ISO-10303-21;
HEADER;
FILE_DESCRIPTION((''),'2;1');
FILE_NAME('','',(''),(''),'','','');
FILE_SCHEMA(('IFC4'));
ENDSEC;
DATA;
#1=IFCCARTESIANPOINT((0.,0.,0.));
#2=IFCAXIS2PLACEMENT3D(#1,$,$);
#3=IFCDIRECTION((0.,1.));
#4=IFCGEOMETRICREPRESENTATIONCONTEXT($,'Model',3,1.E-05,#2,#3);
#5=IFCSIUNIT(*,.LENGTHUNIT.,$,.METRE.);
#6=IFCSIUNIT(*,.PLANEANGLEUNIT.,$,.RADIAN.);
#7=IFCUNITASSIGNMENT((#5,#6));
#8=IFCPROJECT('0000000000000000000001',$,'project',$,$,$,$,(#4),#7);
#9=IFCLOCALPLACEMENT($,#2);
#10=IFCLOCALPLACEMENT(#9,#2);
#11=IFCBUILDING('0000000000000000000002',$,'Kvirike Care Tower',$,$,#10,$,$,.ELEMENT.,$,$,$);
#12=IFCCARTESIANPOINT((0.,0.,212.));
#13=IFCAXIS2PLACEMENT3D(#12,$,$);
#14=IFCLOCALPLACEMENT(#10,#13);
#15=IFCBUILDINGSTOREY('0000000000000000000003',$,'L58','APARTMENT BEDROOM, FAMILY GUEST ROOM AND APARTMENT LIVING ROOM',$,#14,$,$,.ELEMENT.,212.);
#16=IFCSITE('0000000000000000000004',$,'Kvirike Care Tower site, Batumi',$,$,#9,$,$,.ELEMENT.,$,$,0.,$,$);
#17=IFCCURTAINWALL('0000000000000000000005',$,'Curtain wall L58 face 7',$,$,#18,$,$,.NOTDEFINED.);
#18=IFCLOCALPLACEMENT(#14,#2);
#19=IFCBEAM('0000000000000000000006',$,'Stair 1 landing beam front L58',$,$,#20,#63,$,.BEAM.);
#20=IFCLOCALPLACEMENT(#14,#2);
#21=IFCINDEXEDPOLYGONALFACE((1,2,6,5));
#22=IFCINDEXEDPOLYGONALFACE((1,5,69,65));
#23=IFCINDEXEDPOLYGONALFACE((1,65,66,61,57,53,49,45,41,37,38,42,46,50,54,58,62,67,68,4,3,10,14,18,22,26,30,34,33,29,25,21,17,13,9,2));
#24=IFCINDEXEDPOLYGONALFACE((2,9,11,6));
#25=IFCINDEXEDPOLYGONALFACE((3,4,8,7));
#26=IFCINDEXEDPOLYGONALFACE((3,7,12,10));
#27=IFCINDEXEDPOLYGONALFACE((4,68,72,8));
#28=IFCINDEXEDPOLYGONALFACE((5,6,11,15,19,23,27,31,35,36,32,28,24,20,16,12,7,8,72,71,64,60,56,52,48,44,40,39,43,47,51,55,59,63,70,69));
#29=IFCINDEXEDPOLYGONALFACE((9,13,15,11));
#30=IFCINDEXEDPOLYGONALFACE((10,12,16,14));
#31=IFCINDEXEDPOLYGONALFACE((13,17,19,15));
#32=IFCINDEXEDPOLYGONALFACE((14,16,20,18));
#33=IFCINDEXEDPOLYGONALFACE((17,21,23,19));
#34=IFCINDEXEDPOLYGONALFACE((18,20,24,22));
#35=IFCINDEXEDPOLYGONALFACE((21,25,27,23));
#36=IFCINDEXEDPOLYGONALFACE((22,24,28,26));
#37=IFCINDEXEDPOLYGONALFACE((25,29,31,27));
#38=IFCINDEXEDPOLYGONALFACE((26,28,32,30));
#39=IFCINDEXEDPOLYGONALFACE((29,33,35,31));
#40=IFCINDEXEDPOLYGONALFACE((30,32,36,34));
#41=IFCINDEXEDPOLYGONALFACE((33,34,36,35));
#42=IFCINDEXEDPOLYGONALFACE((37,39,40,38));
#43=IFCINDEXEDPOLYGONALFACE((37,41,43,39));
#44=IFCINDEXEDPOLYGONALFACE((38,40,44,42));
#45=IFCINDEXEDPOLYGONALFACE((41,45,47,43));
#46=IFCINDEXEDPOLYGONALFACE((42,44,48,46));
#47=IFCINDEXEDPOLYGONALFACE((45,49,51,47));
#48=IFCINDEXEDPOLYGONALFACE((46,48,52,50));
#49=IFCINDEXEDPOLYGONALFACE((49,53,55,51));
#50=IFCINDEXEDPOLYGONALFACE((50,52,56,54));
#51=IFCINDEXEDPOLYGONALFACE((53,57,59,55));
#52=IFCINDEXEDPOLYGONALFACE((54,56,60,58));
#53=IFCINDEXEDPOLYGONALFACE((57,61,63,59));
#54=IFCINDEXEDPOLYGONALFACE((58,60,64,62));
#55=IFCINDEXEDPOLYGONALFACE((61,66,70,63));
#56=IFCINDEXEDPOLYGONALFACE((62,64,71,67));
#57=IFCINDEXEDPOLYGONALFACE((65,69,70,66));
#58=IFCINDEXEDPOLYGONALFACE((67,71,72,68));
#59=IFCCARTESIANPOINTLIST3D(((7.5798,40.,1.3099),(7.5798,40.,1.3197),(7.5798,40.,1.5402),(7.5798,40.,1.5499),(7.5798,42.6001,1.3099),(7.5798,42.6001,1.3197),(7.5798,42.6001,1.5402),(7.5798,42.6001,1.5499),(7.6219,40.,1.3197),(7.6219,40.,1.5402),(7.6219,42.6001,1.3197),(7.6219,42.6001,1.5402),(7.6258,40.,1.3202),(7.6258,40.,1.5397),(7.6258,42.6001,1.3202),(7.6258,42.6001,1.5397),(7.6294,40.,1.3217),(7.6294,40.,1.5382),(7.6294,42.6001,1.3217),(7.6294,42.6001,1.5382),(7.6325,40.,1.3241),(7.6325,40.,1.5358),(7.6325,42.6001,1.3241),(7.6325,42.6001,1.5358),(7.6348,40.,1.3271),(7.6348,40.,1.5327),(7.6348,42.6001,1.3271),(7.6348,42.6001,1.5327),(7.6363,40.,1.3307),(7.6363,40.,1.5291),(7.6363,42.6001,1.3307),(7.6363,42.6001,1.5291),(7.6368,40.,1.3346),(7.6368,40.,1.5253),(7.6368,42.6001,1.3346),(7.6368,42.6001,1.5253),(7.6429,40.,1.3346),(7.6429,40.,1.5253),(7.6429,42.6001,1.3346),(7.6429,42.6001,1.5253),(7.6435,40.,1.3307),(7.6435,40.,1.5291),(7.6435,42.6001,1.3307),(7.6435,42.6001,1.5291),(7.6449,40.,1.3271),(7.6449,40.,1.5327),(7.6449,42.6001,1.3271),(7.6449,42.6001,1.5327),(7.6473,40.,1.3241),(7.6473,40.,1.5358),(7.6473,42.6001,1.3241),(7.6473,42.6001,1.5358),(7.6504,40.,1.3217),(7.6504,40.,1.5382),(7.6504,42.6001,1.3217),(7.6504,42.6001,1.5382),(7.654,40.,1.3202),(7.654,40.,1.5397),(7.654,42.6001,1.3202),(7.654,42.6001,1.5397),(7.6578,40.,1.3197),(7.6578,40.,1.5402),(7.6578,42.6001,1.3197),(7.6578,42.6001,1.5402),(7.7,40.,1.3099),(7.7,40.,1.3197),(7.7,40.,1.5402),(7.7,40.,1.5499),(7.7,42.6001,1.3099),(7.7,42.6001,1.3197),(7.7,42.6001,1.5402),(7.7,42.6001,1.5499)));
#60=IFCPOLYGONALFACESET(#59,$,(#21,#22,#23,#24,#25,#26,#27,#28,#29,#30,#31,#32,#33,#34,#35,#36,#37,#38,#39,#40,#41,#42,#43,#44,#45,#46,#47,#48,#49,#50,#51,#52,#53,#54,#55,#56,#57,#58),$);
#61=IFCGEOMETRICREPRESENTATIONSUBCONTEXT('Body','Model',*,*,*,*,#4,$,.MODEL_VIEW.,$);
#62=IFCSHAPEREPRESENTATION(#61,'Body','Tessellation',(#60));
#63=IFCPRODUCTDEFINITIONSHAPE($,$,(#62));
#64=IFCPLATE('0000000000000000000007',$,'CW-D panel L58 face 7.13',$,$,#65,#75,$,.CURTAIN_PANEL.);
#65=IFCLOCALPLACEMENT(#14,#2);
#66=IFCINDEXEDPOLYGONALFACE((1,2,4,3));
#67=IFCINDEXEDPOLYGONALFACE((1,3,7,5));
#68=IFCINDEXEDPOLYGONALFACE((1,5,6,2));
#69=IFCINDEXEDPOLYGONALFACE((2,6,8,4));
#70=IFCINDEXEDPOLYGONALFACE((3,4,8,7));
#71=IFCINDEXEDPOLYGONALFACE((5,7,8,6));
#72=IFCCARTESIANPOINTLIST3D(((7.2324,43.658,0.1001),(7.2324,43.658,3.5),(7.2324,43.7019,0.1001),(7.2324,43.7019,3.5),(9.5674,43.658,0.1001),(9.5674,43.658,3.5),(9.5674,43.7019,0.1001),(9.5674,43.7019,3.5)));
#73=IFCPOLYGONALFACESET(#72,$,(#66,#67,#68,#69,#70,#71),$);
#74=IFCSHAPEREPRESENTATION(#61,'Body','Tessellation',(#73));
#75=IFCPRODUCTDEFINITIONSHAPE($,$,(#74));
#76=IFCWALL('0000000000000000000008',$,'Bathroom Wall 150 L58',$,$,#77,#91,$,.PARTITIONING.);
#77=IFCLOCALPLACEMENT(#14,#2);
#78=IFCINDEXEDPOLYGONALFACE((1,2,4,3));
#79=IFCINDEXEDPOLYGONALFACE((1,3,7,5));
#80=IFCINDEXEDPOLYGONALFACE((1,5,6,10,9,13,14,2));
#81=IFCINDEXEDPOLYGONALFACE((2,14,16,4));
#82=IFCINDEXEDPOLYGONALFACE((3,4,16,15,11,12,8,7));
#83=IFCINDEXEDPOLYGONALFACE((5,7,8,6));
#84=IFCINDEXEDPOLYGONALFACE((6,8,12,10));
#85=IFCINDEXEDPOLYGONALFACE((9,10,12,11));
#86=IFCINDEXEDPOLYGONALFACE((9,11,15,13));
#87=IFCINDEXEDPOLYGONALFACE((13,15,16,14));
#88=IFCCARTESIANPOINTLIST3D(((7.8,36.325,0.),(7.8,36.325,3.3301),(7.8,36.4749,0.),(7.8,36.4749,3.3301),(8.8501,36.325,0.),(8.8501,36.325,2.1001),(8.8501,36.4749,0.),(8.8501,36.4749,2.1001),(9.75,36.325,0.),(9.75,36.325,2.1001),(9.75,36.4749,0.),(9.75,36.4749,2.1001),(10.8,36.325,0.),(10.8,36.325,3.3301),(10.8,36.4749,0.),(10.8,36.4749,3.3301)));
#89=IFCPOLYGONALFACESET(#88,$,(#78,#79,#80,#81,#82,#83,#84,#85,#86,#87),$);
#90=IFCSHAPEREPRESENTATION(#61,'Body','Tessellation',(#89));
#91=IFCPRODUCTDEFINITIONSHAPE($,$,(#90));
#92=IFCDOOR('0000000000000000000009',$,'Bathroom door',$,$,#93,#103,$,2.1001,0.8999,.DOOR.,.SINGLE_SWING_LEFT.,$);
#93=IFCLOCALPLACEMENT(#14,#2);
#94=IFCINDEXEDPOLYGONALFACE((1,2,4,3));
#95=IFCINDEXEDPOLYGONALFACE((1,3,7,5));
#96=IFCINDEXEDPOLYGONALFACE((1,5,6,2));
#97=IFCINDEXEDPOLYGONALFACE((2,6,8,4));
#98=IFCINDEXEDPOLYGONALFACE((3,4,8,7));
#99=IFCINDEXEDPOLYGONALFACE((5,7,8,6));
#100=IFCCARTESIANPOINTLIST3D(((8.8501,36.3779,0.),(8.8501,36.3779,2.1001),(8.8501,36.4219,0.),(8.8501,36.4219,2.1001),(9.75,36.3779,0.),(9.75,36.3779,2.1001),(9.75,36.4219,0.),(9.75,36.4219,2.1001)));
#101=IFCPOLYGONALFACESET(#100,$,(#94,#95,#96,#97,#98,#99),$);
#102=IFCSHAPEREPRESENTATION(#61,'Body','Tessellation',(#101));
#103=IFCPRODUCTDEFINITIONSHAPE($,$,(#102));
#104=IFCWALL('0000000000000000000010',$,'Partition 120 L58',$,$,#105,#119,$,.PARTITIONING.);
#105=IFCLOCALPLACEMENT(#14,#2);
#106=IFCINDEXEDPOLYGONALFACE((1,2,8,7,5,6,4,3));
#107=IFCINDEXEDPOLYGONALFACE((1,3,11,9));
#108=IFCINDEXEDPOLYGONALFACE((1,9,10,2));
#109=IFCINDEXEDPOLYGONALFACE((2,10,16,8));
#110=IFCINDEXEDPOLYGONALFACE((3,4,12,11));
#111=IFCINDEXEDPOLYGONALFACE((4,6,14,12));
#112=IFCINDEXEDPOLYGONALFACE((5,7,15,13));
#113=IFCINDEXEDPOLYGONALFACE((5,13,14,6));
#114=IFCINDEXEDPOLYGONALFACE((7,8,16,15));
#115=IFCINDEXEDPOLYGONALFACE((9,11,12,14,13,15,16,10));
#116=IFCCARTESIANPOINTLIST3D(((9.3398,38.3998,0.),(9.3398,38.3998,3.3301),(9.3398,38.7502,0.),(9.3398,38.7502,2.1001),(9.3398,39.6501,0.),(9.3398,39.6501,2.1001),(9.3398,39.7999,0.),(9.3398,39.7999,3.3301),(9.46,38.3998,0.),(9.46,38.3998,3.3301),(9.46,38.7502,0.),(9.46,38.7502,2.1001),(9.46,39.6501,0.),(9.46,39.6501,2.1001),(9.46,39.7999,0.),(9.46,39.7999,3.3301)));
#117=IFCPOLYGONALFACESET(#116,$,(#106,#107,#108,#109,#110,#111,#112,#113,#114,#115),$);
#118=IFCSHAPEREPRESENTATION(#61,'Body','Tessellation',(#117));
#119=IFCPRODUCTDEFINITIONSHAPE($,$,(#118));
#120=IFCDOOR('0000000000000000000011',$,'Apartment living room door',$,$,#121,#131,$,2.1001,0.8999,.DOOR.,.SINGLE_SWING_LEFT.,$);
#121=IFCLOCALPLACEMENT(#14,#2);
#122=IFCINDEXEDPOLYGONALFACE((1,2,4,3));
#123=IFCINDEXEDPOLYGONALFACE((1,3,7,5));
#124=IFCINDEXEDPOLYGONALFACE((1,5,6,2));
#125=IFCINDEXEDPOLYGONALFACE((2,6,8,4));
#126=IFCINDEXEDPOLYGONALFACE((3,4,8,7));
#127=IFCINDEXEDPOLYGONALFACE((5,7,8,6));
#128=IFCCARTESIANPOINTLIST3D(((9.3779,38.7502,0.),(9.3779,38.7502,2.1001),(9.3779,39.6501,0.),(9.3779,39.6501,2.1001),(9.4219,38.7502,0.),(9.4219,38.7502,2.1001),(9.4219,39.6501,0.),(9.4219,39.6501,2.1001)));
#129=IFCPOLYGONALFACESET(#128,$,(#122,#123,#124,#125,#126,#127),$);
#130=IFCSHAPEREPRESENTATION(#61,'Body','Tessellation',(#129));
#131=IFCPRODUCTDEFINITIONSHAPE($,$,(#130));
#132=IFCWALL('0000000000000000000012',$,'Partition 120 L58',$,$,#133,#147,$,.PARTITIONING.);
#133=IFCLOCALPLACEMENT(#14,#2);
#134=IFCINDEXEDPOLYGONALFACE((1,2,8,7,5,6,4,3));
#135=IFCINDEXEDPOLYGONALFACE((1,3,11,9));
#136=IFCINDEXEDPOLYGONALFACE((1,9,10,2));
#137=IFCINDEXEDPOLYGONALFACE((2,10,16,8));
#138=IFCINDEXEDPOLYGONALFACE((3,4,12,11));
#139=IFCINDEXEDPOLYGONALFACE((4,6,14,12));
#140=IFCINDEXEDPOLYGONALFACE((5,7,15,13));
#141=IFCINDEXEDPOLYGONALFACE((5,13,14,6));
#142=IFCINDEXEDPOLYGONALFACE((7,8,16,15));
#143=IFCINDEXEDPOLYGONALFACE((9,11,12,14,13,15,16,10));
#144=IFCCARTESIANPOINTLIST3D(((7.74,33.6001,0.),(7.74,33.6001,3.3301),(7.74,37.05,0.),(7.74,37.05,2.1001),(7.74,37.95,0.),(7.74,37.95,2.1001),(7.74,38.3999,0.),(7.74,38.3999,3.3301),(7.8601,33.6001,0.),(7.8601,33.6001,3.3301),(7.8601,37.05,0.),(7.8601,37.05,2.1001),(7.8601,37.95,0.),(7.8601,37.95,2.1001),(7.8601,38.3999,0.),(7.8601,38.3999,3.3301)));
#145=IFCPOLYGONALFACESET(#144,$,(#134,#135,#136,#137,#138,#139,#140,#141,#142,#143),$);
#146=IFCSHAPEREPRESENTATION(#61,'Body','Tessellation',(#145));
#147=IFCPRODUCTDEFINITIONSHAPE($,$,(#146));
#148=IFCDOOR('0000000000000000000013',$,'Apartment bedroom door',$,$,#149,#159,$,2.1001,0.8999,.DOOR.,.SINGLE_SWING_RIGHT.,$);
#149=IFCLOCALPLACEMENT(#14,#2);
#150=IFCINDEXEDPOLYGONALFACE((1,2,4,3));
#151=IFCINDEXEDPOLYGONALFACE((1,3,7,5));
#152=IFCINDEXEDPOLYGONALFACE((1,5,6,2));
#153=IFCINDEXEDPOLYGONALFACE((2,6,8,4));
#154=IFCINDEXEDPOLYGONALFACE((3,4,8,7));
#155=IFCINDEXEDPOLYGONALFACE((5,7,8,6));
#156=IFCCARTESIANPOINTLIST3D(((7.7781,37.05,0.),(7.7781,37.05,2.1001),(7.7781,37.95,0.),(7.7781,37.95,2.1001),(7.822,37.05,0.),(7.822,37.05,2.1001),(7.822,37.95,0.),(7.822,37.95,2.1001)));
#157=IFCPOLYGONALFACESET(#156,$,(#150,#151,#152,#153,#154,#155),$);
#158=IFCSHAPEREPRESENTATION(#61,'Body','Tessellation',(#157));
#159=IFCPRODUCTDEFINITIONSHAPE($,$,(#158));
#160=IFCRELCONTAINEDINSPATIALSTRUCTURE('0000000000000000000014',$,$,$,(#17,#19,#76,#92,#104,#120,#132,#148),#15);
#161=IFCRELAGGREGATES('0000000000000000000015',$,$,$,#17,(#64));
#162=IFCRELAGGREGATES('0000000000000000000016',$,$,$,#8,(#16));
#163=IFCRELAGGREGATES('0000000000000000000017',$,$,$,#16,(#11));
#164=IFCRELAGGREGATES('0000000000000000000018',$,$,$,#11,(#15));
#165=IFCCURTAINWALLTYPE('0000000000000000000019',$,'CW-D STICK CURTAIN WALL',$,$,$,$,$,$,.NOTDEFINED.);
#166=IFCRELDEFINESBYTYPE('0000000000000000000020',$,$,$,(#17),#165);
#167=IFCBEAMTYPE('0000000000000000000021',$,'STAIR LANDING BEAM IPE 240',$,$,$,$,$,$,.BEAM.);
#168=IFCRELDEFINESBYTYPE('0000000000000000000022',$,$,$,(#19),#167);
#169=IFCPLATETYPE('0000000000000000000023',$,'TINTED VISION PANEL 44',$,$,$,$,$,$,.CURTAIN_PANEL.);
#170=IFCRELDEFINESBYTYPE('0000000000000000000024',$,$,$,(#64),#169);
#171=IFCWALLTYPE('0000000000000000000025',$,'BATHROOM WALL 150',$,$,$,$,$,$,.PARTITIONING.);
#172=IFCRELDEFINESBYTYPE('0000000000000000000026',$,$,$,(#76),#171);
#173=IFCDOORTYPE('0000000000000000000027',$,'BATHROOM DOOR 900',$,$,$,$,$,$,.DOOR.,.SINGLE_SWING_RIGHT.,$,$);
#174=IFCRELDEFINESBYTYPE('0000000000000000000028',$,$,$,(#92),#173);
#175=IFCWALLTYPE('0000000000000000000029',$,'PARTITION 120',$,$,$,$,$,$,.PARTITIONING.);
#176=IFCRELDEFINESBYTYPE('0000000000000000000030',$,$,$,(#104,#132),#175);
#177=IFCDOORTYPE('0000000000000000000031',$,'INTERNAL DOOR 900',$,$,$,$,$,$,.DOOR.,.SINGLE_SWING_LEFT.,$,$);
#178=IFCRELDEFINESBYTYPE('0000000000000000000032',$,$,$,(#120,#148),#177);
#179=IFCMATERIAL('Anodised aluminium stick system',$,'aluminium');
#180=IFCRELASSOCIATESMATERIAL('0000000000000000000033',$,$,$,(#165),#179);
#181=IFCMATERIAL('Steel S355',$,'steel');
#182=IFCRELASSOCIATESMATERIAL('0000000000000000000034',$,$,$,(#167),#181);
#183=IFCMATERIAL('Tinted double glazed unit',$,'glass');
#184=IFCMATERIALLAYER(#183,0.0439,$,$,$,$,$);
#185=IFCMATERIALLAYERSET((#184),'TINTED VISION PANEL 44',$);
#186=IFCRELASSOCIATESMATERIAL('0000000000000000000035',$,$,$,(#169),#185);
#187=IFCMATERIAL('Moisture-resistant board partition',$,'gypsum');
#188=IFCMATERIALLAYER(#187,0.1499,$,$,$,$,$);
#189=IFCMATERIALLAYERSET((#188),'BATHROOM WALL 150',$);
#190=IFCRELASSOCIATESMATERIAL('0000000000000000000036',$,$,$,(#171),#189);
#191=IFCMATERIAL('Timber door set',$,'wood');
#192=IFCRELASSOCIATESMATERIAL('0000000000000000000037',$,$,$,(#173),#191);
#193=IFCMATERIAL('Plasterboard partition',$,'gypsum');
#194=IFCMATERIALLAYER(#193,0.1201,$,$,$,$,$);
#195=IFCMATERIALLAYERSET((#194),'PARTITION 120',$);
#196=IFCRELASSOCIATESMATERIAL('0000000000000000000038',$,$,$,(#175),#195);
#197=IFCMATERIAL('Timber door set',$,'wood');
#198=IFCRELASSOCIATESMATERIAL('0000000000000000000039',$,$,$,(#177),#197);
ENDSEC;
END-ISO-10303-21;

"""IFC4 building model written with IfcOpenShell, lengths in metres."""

from ifc_helpers import new_model, si_unit, direction, frame, frame_2d, origin, origin_2d, place, context, subcontext, project, spatial, rectangle, i_section, extrude, material, layer, layer_set, material_profile, profile_set, type_object, element, fill, aggregate, save


model = new_model("IFC4")

# Units and contexts
model_context = context("Model", 3, precision=1e-05, world=origin(), true_north=direction((0.0, 1.0)))
body_context = subcontext(model_context, "Body", "Model", "MODEL_VIEW")
ifc_project = project(units=[si_unit("LENGTHUNIT", "METRE"), si_unit("PLANEANGLEUNIT", "RADIAN")], contexts=[model_context])

# Site, building, storey
site_placement = place(None, origin())
site = spatial("IfcSite", under=ifc_project, at=site_placement, Name="Kvirike Care Tower site, Batumi", CompositionType="ELEMENT", RefElevation=0.0)
building_placement = place(site_placement, origin())
building = spatial("IfcBuilding", under=site, at=building_placement, Name="Kvirike Care Tower", CompositionType="ELEMENT")
storey_placement = place(building_placement, frame((0.0, 0.0, 212.0)))
storey = spatial("IfcBuildingStorey", under=building, at=storey_placement, Name="L58", Description="APARTMENT BEDROOM, FAMILY GUEST ROOM AND APARTMENT LIVING ROOM", CompositionType="ELEMENT", Elevation=212.0)

# Curtain wall
ifc_material_1 = material(Name="Anodised aluminium stick system", Category="aluminium")
curtain_wall_type = type_object("IfcCurtainWallType", Name="CW-D STICK CURTAIN WALL", PredefinedType="NOTDEFINED", material=ifc_material_1)
curtain_wall_placement = place(storey_placement, origin())
curtain_wall = element("IfcCurtainWall", 1, at=curtain_wall_placement, inside=storey, type_object=curtain_wall_type, Name="Curtain wall L58 face 7", PredefinedType="NOTDEFINED")

# Beam
ifc_material_2 = material(Name="Steel S355", Category="steel")
ifc_material_profile_1 = material_profile(ifc_material_2, i_section(OverallWidth=0.1201, OverallDepth=0.24, WebThickness=0.0061, FlangeThickness=0.0098, FilletRadius=0.0149, at=origin_2d()), Name="IPE 240")
ifc_profile_set_1 = profile_set([ifc_material_profile_1], Name="Steel S355")
beam_type_1 = type_object("IfcBeamType", Name="STAIR LANDING BEAM IPE 240", PredefinedType="BEAM", material=ifc_profile_set_1)
beam_1_placement = place(storey_placement, frame((7.6399, 42.6001, 1.4299), z_axis=(0.0, -1.0, 0.0), x_axis=(1.0, 0.0, 0.0)))
element("IfcBeam", 2, at=beam_1_placement, inside=storey, type_object=beam_type_1, Name="Stair 1 landing beam front L58", PredefinedType="BEAM", context=body_context, shape_type="SweptSolid", body=[
    extrude(i_section(OverallWidth=0.1201, OverallDepth=0.24, WebThickness=0.0061, FlangeThickness=0.0098, FilletRadius=0.0149, at=origin_2d()), origin(), (0.0, 0.0, 1.0), 2.6001),
])

# Plate
ifc_material_3 = material(Name="Tinted double glazed unit", Category="glass")
ifc_layer_1 = layer(ifc_material_3, 0.0439)
ifc_layer_set_1 = layer_set([ifc_layer_1], Name="TINTED VISION PANEL 44")
plate_type = type_object("IfcPlateType", Name="TINTED VISION PANEL 44", PredefinedType="CURTAIN_PANEL", material=ifc_layer_set_1)
plate_placement = place(storey_placement, frame((8.3999, 43.6799, 0.1001), z_axis=(0.0, 0.0, 1.0), x_axis=(-1.0, 0.0, 0.0)))
plate = element("IfcPlate", 3, at=plate_placement, type_object=plate_type, Name="CW-D panel L58 face 7.13", PredefinedType="CURTAIN_PANEL", context=body_context, shape_type="SweptSolid", body=[
    extrude(rectangle(XDim=2.335, YDim=0.0439, at=origin_2d()), origin(), (0.0, 0.0, 1.0), 3.3999),
])
aggregate(curtain_wall, [plate])

# Walls, openings, doors
ifc_material_4 = material(Name="Moisture-resistant board partition", Category="gypsum")
ifc_layer_2 = layer(ifc_material_4, 0.1499)
ifc_layer_set_2 = layer_set([ifc_layer_2], Name="BATHROOM WALL 150")
wall_type_1 = type_object("IfcWallType", Name="BATHROOM WALL 150", PredefinedType="PARTITIONING", material=ifc_layer_set_2)
wall_1_placement = place(storey_placement, frame((7.8, 36.3999, 0.0), z_axis=(0.0, 0.0, 1.0), x_axis=(1.0, 0.0, 0.0)))
wall_1 = element("IfcWall", 4, at=wall_1_placement, inside=storey, type_object=wall_type_1, Name="Bathroom Wall 150 L58", PredefinedType="PARTITIONING", context=body_context, shape_type="SweptSolid", body=[
    extrude(rectangle(XDim=3.0, YDim=0.1499, at=frame_2d((1.5, 0.0))), origin(), (0.0, 0.0, 1.0), 3.3301),
])
opening_1_placement = place(wall_1_placement, frame((1.05, 0.0, 0.0)))
opening_1 = element("IfcOpeningElement", 5, at=opening_1_placement, cuts=wall_1, PredefinedType="OPENING", context=body_context, shape_type="SweptSolid", body=[
    extrude(rectangle(XDim=0.8999, YDim=2.1001, at=frame_2d((0.45, 1.05))), frame((0.0, 0.0854, 0.0), z_axis=(0.0, -1.0, 0.0), x_axis=(1.0, 0.0, 0.0)), (0.0, 0.0, 1.0), 0.1709),
])
ifc_material_5 = material(Name="Timber door set", Category="wood")
door_type_1 = type_object("IfcDoorType", Name="BATHROOM DOOR 900", OperationType="SINGLE_SWING_RIGHT", PredefinedType="DOOR", material=ifc_material_5)
door_1_placement = place(opening_1_placement, frame((0.8999, 0.0, 0.0), z_axis=(0.0, 0.0, 1.0), x_axis=(-1.0, 0.0, 0.0)))
door_1 = element("IfcDoor", 6, at=door_1_placement, inside=storey, type_object=door_type_1, Name="Bathroom door", OperationType="SINGLE_SWING_LEFT", OverallHeight=2.1001, OverallWidth=0.8999, PredefinedType="DOOR", context=body_context, shape_type="SweptSolid", body=[
    extrude(rectangle(XDim=0.8999, YDim=2.1001, at=frame_2d((0.45, 1.05))), frame((0.0, 0.022, 0.0), z_axis=(0.0, -1.0, 0.0), x_axis=(1.0, 0.0, 0.0)), (0.0, 0.0, 1.0), 0.0439),
])
fill(opening_1, door_1)
ifc_material_6 = material(Name="Plasterboard partition", Category="gypsum")
ifc_layer_3 = layer(ifc_material_6, 0.1201)
ifc_layer_set_3 = layer_set([ifc_layer_3], Name="PARTITION 120")
wall_type_2 = type_object("IfcWallType", Name="PARTITION 120", PredefinedType="PARTITIONING", material=ifc_layer_set_3)
wall_2_placement = place(storey_placement, frame((9.3999, 39.8, 0.0), z_axis=(0.0, 0.0, 1.0), x_axis=(0.0, -1.0, 0.0)))
wall_2 = element("IfcWall", 7, at=wall_2_placement, inside=storey, type_object=wall_type_2, Name="Partition 120 L58", PredefinedType="PARTITIONING", context=body_context, shape_type="SweptSolid", body=[
    extrude(rectangle(XDim=1.4001, YDim=0.1201, at=frame_2d((0.7002, 0.0))), origin(), (0.0, 0.0, 1.0), 3.3301),
])
opening_2_placement = place(wall_2_placement, frame((0.1499, 0.0, 0.0)))
opening_2 = element("IfcOpeningElement", 8, at=opening_2_placement, cuts=wall_2, PredefinedType="OPENING", context=body_context, shape_type="SweptSolid", body=[
    extrude(rectangle(XDim=0.8999, YDim=2.1001, at=frame_2d((0.45, 1.05))), frame((0.0, 0.0706, 0.0), z_axis=(0.0, -1.0, 0.0), x_axis=(1.0, 0.0, 0.0)), (0.0, 0.0, 1.0), 0.1411),
])
ifc_material_7 = material(Name="Timber door set", Category="wood")
door_type_2 = type_object("IfcDoorType", Name="INTERNAL DOOR 900", OperationType="SINGLE_SWING_LEFT", PredefinedType="DOOR", material=ifc_material_7)
door_2_placement = place(opening_2_placement, frame((0.8999, 0.0, 0.0), z_axis=(0.0, 0.0, 1.0), x_axis=(-1.0, 0.0, 0.0)))
door_2 = element("IfcDoor", 9, at=door_2_placement, inside=storey, type_object=door_type_2, Name="Apartment living room door", OperationType="SINGLE_SWING_LEFT", OverallHeight=2.1001, OverallWidth=0.8999, PredefinedType="DOOR", context=body_context, shape_type="SweptSolid", body=[
    extrude(rectangle(XDim=0.8999, YDim=2.1001, at=frame_2d((0.45, 1.05))), frame((0.0, 0.022, 0.0), z_axis=(0.0, -1.0, 0.0), x_axis=(1.0, 0.0, 0.0)), (0.0, 0.0, 1.0), 0.0439),
])
fill(opening_2, door_2)
wall_3_placement = place(storey_placement, frame((7.8, 38.3999, 0.0), z_axis=(0.0, 0.0, 1.0), x_axis=(0.0, -1.0, 0.0)))
wall_3 = element("IfcWall", 10, at=wall_3_placement, inside=storey, type_object=wall_type_2, Name="Partition 120 L58", PredefinedType="PARTITIONING", context=body_context, shape_type="SweptSolid", body=[
    extrude(rectangle(XDim=4.7998, YDim=0.1201, at=frame_2d((2.3999, 0.0))), origin(), (0.0, 0.0, 1.0), 3.3301),
])
opening_3_placement = place(wall_3_placement, frame((0.45, 0.0, 0.0)))
opening_3 = element("IfcOpeningElement", 11, at=opening_3_placement, cuts=wall_3, PredefinedType="OPENING", context=body_context, shape_type="SweptSolid", body=[
    extrude(rectangle(XDim=0.8999, YDim=2.1001, at=frame_2d((0.45, 1.05))), frame((0.0, 0.0706, 0.0), z_axis=(0.0, -1.0, 0.0), x_axis=(1.0, 0.0, 0.0)), (0.0, 0.0, 1.0), 0.1411),
])
door_3_placement = place(opening_3_placement, origin())
door_3 = element("IfcDoor", 12, at=door_3_placement, inside=storey, type_object=door_type_2, Name="Apartment bedroom door", OperationType="SINGLE_SWING_RIGHT", OverallHeight=2.1001, OverallWidth=0.8999, PredefinedType="DOOR", context=body_context, shape_type="SweptSolid", body=[
    extrude(rectangle(XDim=0.8999, YDim=2.1001, at=frame_2d((0.45, 1.05))), frame((0.0, 0.022, 0.0), z_axis=(0.0, -1.0, 0.0), x_axis=(1.0, 0.0, 0.0)), (0.0, 0.0, 1.0), 0.0439),
])
fill(opening_3, door_3)

save(model, "model.ifc")
